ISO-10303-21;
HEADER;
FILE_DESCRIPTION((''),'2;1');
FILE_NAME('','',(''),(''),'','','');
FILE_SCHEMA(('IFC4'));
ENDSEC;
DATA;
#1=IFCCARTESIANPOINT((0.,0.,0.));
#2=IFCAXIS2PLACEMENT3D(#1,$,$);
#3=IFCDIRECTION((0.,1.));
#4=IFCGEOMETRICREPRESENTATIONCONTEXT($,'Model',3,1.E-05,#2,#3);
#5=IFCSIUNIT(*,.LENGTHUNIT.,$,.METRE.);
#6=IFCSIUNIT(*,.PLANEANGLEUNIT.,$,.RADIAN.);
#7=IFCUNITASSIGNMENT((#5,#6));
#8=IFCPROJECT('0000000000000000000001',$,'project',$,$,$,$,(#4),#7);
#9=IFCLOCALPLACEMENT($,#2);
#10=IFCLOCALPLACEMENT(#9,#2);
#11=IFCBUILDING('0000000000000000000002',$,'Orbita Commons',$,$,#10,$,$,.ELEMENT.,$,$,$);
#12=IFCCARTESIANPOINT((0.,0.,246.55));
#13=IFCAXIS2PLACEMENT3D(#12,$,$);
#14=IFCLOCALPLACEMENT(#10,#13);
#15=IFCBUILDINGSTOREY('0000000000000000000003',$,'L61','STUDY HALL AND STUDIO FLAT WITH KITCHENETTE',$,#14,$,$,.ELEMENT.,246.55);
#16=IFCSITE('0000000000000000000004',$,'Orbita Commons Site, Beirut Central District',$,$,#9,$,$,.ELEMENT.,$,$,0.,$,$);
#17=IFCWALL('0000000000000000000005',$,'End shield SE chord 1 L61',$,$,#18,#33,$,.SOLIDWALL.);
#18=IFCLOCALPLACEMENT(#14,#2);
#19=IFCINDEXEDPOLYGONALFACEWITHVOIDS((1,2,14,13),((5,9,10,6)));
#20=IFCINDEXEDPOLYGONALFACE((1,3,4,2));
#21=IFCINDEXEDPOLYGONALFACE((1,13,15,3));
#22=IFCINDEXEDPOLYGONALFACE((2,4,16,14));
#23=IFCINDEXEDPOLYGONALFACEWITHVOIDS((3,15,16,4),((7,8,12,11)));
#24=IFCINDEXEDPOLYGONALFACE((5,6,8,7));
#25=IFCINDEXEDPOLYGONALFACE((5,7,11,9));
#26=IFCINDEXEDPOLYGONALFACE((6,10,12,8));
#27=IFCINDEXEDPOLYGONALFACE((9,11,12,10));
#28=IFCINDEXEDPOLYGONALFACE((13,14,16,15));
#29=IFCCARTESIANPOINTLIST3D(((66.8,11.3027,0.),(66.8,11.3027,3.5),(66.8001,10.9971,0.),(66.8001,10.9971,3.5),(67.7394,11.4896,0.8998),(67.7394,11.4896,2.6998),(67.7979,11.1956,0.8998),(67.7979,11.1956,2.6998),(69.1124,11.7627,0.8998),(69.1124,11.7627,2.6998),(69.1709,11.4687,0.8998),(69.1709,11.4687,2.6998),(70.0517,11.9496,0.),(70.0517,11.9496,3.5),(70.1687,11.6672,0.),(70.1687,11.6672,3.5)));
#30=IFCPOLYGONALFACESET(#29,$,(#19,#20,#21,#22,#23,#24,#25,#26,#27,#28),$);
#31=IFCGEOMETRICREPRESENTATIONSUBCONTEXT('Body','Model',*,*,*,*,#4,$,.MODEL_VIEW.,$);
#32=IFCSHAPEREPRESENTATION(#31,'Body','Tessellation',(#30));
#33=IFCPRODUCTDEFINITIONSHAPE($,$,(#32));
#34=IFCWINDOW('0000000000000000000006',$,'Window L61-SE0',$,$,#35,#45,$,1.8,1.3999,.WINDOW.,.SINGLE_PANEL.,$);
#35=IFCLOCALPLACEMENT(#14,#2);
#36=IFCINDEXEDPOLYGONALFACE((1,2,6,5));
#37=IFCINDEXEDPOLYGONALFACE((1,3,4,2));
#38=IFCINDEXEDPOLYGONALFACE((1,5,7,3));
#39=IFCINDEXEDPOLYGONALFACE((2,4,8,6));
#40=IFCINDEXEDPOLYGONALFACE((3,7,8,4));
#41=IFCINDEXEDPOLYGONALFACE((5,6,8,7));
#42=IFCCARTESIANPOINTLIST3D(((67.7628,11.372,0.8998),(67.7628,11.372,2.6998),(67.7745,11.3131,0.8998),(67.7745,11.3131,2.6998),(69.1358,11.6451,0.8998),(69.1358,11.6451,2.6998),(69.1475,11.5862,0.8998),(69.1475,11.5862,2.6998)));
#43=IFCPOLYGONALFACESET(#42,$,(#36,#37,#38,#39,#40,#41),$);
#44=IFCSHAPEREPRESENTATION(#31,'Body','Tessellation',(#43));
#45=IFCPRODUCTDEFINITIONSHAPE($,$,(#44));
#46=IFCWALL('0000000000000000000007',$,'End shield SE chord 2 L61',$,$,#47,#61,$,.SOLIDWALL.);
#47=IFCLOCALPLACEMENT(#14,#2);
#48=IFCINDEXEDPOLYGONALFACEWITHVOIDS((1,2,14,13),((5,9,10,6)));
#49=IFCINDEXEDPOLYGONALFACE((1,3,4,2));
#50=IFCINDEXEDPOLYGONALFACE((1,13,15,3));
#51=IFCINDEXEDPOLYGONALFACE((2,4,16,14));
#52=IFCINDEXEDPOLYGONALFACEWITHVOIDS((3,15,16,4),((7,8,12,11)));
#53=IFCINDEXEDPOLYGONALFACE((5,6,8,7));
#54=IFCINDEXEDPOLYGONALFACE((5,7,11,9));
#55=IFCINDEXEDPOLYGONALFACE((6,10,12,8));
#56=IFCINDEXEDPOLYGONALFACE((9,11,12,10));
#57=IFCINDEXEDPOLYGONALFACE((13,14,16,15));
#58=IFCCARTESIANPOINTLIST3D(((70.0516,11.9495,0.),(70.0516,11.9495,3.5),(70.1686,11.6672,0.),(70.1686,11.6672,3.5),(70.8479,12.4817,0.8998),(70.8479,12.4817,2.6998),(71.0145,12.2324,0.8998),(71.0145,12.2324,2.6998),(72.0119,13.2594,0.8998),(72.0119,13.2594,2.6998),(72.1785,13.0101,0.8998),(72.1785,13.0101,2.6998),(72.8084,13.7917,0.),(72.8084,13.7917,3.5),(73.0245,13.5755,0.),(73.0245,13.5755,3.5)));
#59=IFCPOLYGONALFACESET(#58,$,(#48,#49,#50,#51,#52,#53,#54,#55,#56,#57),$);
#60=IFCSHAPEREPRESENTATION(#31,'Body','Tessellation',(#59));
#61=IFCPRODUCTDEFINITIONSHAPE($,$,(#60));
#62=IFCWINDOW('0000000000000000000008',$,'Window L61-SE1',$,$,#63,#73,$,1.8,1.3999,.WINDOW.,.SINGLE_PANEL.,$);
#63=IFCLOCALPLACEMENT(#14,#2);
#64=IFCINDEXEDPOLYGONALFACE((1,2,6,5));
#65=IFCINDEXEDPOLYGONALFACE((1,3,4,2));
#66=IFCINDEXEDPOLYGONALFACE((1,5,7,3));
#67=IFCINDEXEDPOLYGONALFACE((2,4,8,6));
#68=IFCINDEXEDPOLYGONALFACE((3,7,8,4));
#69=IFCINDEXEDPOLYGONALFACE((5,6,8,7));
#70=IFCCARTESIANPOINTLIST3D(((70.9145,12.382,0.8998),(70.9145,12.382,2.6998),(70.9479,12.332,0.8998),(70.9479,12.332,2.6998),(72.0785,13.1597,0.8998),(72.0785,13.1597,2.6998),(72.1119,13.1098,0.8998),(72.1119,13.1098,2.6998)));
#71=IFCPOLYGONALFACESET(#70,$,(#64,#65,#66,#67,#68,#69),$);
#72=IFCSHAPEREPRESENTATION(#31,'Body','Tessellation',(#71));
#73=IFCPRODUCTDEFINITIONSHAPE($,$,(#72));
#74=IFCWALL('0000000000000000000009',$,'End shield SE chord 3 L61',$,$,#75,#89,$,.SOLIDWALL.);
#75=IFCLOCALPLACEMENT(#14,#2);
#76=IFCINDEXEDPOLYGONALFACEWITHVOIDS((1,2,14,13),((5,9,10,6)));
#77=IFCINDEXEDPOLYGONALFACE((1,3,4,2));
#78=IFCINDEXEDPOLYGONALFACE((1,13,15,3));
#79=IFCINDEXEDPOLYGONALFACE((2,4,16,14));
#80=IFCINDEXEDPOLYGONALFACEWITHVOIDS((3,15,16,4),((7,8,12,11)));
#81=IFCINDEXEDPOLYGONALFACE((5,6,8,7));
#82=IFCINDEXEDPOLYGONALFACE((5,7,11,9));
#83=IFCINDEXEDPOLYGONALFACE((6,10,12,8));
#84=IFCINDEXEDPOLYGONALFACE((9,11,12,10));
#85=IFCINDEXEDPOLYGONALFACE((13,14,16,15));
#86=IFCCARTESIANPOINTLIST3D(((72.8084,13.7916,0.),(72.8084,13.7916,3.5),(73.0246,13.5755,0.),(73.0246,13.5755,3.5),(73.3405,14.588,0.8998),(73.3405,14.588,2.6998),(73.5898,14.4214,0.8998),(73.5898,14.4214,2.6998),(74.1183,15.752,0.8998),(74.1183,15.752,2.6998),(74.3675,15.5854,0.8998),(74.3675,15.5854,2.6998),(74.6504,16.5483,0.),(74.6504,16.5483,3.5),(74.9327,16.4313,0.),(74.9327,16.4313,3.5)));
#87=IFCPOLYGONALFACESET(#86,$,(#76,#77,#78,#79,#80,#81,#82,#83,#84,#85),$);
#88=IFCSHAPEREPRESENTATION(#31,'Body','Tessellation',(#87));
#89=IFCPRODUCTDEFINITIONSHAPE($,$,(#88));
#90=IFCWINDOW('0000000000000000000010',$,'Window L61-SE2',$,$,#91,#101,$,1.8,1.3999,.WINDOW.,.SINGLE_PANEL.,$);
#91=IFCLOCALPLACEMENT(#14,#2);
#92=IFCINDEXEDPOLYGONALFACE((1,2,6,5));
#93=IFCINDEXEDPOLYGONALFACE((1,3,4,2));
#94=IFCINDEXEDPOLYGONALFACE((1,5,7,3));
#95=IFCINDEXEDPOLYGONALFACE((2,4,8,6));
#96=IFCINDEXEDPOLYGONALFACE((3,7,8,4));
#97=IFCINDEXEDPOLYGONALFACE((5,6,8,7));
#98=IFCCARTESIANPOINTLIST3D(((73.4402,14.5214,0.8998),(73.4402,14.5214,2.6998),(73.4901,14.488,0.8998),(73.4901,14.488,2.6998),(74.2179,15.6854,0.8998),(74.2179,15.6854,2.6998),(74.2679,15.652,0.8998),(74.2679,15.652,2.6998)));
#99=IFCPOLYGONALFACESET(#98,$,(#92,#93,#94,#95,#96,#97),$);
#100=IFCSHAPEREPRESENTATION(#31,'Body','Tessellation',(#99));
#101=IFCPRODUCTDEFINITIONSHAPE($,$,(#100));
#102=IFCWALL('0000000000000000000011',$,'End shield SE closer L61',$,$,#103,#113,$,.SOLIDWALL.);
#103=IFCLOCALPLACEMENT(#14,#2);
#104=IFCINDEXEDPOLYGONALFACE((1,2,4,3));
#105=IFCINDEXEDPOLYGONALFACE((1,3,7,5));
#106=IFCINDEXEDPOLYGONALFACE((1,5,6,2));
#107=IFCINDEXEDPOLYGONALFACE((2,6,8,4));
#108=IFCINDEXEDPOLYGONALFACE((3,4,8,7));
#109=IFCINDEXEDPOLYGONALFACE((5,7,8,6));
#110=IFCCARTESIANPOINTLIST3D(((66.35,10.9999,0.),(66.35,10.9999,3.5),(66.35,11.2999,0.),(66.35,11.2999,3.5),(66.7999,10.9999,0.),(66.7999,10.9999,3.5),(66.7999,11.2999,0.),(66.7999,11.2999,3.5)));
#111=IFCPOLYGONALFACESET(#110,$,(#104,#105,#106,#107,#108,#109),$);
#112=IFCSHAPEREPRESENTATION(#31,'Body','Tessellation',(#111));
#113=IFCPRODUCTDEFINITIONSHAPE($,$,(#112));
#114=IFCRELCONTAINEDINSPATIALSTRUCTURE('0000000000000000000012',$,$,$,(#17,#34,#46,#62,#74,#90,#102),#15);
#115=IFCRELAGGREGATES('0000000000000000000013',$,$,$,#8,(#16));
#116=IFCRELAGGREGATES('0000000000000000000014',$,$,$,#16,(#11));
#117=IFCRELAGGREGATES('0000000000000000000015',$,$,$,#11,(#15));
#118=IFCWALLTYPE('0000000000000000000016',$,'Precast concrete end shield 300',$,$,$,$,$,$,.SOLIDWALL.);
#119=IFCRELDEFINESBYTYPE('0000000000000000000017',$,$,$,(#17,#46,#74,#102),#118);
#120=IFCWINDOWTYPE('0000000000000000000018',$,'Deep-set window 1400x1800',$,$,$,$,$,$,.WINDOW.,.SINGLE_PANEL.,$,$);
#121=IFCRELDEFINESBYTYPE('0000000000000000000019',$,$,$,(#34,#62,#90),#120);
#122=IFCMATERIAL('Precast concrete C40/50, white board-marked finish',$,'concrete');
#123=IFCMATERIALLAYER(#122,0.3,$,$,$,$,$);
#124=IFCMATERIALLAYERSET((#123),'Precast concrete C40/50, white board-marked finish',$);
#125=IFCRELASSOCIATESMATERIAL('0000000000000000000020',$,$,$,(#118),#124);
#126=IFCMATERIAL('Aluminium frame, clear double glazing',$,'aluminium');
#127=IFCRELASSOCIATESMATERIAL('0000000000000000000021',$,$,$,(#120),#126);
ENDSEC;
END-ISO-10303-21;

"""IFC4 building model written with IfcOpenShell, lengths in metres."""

from ifc_helpers import new_model, si_unit, direction, frame, frame_2d, origin, place, context, subcontext, project, spatial, polyline, rectangle, outline, extrude, material, layer, layer_set, type_object, element, fill, save


model = new_model("IFC4")

# Units and contexts
model_context = context("Model", 3, precision=1e-05, world=origin(), true_north=direction((0.0, 1.0)))
body_context = subcontext(model_context, "Body", "Model", "MODEL_VIEW")
ifc_project = project(units=[si_unit("LENGTHUNIT", "METRE"), si_unit("PLANEANGLEUNIT", "RADIAN")], contexts=[model_context])

# Site, building, storey
site_placement = place(None, origin())
site = spatial("IfcSite", under=ifc_project, at=site_placement, Name="Orbita Commons Site, Beirut Central District", CompositionType="ELEMENT", RefElevation=0.0)
building_placement = place(site_placement, origin())
building = spatial("IfcBuilding", under=site, at=building_placement, Name="Orbita Commons", CompositionType="ELEMENT")
storey_placement = place(building_placement, frame((0.0, 0.0, 246.55)))
storey = spatial("IfcBuildingStorey", under=building, at=storey_placement, Name="L61", Description="STUDY HALL AND STUDIO FLAT WITH KITCHENETTE", CompositionType="ELEMENT", Elevation=246.55)

# Walls, openings, windows
ifc_material_1 = material(Name="Precast concrete C40/50, white board-marked finish", Category="concrete")
ifc_layer_1 = layer(ifc_material_1, 0.3)
ifc_layer_set_1 = layer_set([ifc_layer_1], Name="Precast concrete C40/50, white board-marked finish")
wall_type_1 = type_object("IfcWallType", Name="Precast concrete end shield 300", PredefinedType="SOLIDWALL", material=ifc_layer_set_1)
wall_1_placement = place(storey_placement, frame((66.8, 11.1499, 0.0), z_axis=(0.0, 0.0, 1.0), x_axis=(0.980783, 0.1951, 0.0)))
wall_1 = element("IfcWall", 1, at=wall_1_placement, inside=storey, type_object=wall_type_1, Name="End shield SE chord 1 L61", PredefinedType="SOLIDWALL", context=body_context, shape_type="SweptSolid", body=[
    extrude(outline(polyline([(-0.0298, -0.1499), (3.4048, -0.1499), (3.3452, 0.1499), (0.0298, 0.1499), (-0.0298, -0.1499)])), origin(), (0.0, 0.0, 1.0), 3.5),
])
opening_1_placement = place(wall_1_placement, frame((0.9875, 0.0, 0.8999)))
opening_1 = element("IfcOpeningElement", 2, at=opening_1_placement, cuts=wall_1, PredefinedType="OPENING", context=body_context, shape_type="SweptSolid", body=[
    extrude(rectangle(XDim=1.3999, YDim=1.8, at=frame_2d((0.7, 0.8999))), frame((0.0, 0.1599, 0.0), z_axis=(0.0, -1.0, 0.0), x_axis=(1.0, 0.0, 0.0)), (0.0, 0.0, 1.0), 0.3201),
])
ifc_material_2 = material(Name="Aluminium frame, clear double glazing", Category="aluminium")
window_type = type_object("IfcWindowType", Name="Deep-set window 1400x1800", PartitioningType="SINGLE_PANEL", PredefinedType="WINDOW", material=ifc_material_2)
window_1_placement = place(opening_1_placement, origin())
window_1 = element("IfcWindow", 3, at=window_1_placement, inside=storey, type_object=window_type, Name="Window L61-SE0", OverallHeight=1.8, OverallWidth=1.3999, PartitioningType="SINGLE_PANEL", PredefinedType="WINDOW", context=body_context, shape_type="SweptSolid", body=[
    extrude(rectangle(XDim=1.3999, YDim=1.8, at=frame_2d((0.7, 0.8999))), frame((0.0, 0.03, 0.0), z_axis=(0.0, -1.0, 0.0), x_axis=(1.0, 0.0, 0.0)), (0.0, 0.0, 1.0), 0.0601),
])
fill(opening_1, window_1)
wall_2_placement = place(storey_placement, frame((70.1101, 11.8083, 0.0), z_axis=(0.0, 0.0, 1.0), x_axis=(0.83146, 0.555585, 0.0)))
wall_2 = element("IfcWall", 4, at=wall_2_placement, inside=storey, type_object=wall_type_1, Name="End shield SE chord 2 L61", PredefinedType="SOLIDWALL", context=body_context, shape_type="SweptSolid", body=[
    extrude(outline(polyline([(-0.0298, -0.1499), (3.405, -0.1499), (3.3455, 0.1499), (0.0298, 0.1499), (-0.0298, -0.1499)])), origin(), (0.0, 0.0, 1.0), 3.5),
])
opening_2_placement = place(wall_2_placement, frame((0.9875, 0.0, 0.8999)))
opening_2 = element("IfcOpeningElement", 5, at=opening_2_placement, cuts=wall_2, PredefinedType="OPENING", context=body_context, shape_type="SweptSolid", body=[
    extrude(rectangle(XDim=1.3999, YDim=1.8, at=frame_2d((0.7, 0.8999))), frame((0.0, 0.1599, 0.0), z_axis=(0.0, -1.0, 0.0), x_axis=(1.0, 0.0, 0.0)), (0.0, 0.0, 1.0), 0.3201),
])
window_2_placement = place(opening_2_placement, origin())
window_2 = element("IfcWindow", 6, at=window_2_placement, inside=storey, type_object=window_type, Name="Window L61-SE1", OverallHeight=1.8, OverallWidth=1.3999, PartitioningType="SINGLE_PANEL", PredefinedType="WINDOW", context=body_context, shape_type="SweptSolid", body=[
    extrude(rectangle(XDim=1.3999, YDim=1.8, at=frame_2d((0.7, 0.8999))), frame((0.0, 0.03, 0.0), z_axis=(0.0, -1.0, 0.0), x_axis=(1.0, 0.0, 0.0)), (0.0, 0.0, 1.0), 0.0601),
])
fill(opening_2, window_2)
wall_3_placement = place(storey_placement, frame((72.9165, 13.6836, 0.0), z_axis=(0.0, 0.0, 1.0), x_axis=(0.555568, 0.831471, 0.0)))
wall_3 = element("IfcWall", 7, at=wall_3_placement, inside=storey, type_object=wall_type_1, Name="End shield SE chord 3 L61", PredefinedType="SOLIDWALL", context=body_context, shape_type="SweptSolid", body=[
    extrude(outline(polyline([(-0.0298, -0.1499), (3.4048, -0.1499), (3.3452, 0.1499), (0.0298, 0.1499), (-0.0298, -0.1499)])), origin(), (0.0, 0.0, 1.0), 3.5),
])
opening_3_placement = place(wall_3_placement, frame((0.9875, 0.0, 0.8999)))
opening_3 = element("IfcOpeningElement", 8, at=opening_3_placement, cuts=wall_3, PredefinedType="OPENING", context=body_context, shape_type="SweptSolid", body=[
    extrude(rectangle(XDim=1.3999, YDim=1.8, at=frame_2d((0.7, 0.8999))), frame((0.0, 0.1599, 0.0), z_axis=(0.0, -1.0, 0.0), x_axis=(1.0, 0.0, 0.0)), (0.0, 0.0, 1.0), 0.3201),
])
window_3_placement = place(opening_3_placement, origin())
window_3 = element("IfcWindow", 9, at=window_3_placement, inside=storey, type_object=window_type, Name="Window L61-SE2", OverallHeight=1.8, OverallWidth=1.3999, PartitioningType="SINGLE_PANEL", PredefinedType="WINDOW", context=body_context, shape_type="SweptSolid", body=[
    extrude(rectangle(XDim=1.3999, YDim=1.8, at=frame_2d((0.7, 0.8999))), frame((0.0, 0.03, 0.0), z_axis=(0.0, -1.0, 0.0), x_axis=(1.0, 0.0, 0.0)), (0.0, 0.0, 1.0), 0.0601),
])
fill(opening_3, window_3)

# Wall
wall_4_placement = place(storey_placement, frame((66.8, 11.1499, 0.0), z_axis=(0.0, 0.0, 1.0), x_axis=(-1.0, 0.0, 0.0)))
element("IfcWall", 10, at=wall_4_placement, inside=storey, type_object=wall_type_1, Name="End shield SE closer L61", PredefinedType="SOLIDWALL", context=body_context, shape_type="SweptSolid", body=[
    extrude(rectangle(XDim=0.45, YDim=0.3, at=frame_2d((0.2251, 0.0))), origin(), (0.0, 0.0, 1.0), 3.5),
])

save(model, "model.ifc")
